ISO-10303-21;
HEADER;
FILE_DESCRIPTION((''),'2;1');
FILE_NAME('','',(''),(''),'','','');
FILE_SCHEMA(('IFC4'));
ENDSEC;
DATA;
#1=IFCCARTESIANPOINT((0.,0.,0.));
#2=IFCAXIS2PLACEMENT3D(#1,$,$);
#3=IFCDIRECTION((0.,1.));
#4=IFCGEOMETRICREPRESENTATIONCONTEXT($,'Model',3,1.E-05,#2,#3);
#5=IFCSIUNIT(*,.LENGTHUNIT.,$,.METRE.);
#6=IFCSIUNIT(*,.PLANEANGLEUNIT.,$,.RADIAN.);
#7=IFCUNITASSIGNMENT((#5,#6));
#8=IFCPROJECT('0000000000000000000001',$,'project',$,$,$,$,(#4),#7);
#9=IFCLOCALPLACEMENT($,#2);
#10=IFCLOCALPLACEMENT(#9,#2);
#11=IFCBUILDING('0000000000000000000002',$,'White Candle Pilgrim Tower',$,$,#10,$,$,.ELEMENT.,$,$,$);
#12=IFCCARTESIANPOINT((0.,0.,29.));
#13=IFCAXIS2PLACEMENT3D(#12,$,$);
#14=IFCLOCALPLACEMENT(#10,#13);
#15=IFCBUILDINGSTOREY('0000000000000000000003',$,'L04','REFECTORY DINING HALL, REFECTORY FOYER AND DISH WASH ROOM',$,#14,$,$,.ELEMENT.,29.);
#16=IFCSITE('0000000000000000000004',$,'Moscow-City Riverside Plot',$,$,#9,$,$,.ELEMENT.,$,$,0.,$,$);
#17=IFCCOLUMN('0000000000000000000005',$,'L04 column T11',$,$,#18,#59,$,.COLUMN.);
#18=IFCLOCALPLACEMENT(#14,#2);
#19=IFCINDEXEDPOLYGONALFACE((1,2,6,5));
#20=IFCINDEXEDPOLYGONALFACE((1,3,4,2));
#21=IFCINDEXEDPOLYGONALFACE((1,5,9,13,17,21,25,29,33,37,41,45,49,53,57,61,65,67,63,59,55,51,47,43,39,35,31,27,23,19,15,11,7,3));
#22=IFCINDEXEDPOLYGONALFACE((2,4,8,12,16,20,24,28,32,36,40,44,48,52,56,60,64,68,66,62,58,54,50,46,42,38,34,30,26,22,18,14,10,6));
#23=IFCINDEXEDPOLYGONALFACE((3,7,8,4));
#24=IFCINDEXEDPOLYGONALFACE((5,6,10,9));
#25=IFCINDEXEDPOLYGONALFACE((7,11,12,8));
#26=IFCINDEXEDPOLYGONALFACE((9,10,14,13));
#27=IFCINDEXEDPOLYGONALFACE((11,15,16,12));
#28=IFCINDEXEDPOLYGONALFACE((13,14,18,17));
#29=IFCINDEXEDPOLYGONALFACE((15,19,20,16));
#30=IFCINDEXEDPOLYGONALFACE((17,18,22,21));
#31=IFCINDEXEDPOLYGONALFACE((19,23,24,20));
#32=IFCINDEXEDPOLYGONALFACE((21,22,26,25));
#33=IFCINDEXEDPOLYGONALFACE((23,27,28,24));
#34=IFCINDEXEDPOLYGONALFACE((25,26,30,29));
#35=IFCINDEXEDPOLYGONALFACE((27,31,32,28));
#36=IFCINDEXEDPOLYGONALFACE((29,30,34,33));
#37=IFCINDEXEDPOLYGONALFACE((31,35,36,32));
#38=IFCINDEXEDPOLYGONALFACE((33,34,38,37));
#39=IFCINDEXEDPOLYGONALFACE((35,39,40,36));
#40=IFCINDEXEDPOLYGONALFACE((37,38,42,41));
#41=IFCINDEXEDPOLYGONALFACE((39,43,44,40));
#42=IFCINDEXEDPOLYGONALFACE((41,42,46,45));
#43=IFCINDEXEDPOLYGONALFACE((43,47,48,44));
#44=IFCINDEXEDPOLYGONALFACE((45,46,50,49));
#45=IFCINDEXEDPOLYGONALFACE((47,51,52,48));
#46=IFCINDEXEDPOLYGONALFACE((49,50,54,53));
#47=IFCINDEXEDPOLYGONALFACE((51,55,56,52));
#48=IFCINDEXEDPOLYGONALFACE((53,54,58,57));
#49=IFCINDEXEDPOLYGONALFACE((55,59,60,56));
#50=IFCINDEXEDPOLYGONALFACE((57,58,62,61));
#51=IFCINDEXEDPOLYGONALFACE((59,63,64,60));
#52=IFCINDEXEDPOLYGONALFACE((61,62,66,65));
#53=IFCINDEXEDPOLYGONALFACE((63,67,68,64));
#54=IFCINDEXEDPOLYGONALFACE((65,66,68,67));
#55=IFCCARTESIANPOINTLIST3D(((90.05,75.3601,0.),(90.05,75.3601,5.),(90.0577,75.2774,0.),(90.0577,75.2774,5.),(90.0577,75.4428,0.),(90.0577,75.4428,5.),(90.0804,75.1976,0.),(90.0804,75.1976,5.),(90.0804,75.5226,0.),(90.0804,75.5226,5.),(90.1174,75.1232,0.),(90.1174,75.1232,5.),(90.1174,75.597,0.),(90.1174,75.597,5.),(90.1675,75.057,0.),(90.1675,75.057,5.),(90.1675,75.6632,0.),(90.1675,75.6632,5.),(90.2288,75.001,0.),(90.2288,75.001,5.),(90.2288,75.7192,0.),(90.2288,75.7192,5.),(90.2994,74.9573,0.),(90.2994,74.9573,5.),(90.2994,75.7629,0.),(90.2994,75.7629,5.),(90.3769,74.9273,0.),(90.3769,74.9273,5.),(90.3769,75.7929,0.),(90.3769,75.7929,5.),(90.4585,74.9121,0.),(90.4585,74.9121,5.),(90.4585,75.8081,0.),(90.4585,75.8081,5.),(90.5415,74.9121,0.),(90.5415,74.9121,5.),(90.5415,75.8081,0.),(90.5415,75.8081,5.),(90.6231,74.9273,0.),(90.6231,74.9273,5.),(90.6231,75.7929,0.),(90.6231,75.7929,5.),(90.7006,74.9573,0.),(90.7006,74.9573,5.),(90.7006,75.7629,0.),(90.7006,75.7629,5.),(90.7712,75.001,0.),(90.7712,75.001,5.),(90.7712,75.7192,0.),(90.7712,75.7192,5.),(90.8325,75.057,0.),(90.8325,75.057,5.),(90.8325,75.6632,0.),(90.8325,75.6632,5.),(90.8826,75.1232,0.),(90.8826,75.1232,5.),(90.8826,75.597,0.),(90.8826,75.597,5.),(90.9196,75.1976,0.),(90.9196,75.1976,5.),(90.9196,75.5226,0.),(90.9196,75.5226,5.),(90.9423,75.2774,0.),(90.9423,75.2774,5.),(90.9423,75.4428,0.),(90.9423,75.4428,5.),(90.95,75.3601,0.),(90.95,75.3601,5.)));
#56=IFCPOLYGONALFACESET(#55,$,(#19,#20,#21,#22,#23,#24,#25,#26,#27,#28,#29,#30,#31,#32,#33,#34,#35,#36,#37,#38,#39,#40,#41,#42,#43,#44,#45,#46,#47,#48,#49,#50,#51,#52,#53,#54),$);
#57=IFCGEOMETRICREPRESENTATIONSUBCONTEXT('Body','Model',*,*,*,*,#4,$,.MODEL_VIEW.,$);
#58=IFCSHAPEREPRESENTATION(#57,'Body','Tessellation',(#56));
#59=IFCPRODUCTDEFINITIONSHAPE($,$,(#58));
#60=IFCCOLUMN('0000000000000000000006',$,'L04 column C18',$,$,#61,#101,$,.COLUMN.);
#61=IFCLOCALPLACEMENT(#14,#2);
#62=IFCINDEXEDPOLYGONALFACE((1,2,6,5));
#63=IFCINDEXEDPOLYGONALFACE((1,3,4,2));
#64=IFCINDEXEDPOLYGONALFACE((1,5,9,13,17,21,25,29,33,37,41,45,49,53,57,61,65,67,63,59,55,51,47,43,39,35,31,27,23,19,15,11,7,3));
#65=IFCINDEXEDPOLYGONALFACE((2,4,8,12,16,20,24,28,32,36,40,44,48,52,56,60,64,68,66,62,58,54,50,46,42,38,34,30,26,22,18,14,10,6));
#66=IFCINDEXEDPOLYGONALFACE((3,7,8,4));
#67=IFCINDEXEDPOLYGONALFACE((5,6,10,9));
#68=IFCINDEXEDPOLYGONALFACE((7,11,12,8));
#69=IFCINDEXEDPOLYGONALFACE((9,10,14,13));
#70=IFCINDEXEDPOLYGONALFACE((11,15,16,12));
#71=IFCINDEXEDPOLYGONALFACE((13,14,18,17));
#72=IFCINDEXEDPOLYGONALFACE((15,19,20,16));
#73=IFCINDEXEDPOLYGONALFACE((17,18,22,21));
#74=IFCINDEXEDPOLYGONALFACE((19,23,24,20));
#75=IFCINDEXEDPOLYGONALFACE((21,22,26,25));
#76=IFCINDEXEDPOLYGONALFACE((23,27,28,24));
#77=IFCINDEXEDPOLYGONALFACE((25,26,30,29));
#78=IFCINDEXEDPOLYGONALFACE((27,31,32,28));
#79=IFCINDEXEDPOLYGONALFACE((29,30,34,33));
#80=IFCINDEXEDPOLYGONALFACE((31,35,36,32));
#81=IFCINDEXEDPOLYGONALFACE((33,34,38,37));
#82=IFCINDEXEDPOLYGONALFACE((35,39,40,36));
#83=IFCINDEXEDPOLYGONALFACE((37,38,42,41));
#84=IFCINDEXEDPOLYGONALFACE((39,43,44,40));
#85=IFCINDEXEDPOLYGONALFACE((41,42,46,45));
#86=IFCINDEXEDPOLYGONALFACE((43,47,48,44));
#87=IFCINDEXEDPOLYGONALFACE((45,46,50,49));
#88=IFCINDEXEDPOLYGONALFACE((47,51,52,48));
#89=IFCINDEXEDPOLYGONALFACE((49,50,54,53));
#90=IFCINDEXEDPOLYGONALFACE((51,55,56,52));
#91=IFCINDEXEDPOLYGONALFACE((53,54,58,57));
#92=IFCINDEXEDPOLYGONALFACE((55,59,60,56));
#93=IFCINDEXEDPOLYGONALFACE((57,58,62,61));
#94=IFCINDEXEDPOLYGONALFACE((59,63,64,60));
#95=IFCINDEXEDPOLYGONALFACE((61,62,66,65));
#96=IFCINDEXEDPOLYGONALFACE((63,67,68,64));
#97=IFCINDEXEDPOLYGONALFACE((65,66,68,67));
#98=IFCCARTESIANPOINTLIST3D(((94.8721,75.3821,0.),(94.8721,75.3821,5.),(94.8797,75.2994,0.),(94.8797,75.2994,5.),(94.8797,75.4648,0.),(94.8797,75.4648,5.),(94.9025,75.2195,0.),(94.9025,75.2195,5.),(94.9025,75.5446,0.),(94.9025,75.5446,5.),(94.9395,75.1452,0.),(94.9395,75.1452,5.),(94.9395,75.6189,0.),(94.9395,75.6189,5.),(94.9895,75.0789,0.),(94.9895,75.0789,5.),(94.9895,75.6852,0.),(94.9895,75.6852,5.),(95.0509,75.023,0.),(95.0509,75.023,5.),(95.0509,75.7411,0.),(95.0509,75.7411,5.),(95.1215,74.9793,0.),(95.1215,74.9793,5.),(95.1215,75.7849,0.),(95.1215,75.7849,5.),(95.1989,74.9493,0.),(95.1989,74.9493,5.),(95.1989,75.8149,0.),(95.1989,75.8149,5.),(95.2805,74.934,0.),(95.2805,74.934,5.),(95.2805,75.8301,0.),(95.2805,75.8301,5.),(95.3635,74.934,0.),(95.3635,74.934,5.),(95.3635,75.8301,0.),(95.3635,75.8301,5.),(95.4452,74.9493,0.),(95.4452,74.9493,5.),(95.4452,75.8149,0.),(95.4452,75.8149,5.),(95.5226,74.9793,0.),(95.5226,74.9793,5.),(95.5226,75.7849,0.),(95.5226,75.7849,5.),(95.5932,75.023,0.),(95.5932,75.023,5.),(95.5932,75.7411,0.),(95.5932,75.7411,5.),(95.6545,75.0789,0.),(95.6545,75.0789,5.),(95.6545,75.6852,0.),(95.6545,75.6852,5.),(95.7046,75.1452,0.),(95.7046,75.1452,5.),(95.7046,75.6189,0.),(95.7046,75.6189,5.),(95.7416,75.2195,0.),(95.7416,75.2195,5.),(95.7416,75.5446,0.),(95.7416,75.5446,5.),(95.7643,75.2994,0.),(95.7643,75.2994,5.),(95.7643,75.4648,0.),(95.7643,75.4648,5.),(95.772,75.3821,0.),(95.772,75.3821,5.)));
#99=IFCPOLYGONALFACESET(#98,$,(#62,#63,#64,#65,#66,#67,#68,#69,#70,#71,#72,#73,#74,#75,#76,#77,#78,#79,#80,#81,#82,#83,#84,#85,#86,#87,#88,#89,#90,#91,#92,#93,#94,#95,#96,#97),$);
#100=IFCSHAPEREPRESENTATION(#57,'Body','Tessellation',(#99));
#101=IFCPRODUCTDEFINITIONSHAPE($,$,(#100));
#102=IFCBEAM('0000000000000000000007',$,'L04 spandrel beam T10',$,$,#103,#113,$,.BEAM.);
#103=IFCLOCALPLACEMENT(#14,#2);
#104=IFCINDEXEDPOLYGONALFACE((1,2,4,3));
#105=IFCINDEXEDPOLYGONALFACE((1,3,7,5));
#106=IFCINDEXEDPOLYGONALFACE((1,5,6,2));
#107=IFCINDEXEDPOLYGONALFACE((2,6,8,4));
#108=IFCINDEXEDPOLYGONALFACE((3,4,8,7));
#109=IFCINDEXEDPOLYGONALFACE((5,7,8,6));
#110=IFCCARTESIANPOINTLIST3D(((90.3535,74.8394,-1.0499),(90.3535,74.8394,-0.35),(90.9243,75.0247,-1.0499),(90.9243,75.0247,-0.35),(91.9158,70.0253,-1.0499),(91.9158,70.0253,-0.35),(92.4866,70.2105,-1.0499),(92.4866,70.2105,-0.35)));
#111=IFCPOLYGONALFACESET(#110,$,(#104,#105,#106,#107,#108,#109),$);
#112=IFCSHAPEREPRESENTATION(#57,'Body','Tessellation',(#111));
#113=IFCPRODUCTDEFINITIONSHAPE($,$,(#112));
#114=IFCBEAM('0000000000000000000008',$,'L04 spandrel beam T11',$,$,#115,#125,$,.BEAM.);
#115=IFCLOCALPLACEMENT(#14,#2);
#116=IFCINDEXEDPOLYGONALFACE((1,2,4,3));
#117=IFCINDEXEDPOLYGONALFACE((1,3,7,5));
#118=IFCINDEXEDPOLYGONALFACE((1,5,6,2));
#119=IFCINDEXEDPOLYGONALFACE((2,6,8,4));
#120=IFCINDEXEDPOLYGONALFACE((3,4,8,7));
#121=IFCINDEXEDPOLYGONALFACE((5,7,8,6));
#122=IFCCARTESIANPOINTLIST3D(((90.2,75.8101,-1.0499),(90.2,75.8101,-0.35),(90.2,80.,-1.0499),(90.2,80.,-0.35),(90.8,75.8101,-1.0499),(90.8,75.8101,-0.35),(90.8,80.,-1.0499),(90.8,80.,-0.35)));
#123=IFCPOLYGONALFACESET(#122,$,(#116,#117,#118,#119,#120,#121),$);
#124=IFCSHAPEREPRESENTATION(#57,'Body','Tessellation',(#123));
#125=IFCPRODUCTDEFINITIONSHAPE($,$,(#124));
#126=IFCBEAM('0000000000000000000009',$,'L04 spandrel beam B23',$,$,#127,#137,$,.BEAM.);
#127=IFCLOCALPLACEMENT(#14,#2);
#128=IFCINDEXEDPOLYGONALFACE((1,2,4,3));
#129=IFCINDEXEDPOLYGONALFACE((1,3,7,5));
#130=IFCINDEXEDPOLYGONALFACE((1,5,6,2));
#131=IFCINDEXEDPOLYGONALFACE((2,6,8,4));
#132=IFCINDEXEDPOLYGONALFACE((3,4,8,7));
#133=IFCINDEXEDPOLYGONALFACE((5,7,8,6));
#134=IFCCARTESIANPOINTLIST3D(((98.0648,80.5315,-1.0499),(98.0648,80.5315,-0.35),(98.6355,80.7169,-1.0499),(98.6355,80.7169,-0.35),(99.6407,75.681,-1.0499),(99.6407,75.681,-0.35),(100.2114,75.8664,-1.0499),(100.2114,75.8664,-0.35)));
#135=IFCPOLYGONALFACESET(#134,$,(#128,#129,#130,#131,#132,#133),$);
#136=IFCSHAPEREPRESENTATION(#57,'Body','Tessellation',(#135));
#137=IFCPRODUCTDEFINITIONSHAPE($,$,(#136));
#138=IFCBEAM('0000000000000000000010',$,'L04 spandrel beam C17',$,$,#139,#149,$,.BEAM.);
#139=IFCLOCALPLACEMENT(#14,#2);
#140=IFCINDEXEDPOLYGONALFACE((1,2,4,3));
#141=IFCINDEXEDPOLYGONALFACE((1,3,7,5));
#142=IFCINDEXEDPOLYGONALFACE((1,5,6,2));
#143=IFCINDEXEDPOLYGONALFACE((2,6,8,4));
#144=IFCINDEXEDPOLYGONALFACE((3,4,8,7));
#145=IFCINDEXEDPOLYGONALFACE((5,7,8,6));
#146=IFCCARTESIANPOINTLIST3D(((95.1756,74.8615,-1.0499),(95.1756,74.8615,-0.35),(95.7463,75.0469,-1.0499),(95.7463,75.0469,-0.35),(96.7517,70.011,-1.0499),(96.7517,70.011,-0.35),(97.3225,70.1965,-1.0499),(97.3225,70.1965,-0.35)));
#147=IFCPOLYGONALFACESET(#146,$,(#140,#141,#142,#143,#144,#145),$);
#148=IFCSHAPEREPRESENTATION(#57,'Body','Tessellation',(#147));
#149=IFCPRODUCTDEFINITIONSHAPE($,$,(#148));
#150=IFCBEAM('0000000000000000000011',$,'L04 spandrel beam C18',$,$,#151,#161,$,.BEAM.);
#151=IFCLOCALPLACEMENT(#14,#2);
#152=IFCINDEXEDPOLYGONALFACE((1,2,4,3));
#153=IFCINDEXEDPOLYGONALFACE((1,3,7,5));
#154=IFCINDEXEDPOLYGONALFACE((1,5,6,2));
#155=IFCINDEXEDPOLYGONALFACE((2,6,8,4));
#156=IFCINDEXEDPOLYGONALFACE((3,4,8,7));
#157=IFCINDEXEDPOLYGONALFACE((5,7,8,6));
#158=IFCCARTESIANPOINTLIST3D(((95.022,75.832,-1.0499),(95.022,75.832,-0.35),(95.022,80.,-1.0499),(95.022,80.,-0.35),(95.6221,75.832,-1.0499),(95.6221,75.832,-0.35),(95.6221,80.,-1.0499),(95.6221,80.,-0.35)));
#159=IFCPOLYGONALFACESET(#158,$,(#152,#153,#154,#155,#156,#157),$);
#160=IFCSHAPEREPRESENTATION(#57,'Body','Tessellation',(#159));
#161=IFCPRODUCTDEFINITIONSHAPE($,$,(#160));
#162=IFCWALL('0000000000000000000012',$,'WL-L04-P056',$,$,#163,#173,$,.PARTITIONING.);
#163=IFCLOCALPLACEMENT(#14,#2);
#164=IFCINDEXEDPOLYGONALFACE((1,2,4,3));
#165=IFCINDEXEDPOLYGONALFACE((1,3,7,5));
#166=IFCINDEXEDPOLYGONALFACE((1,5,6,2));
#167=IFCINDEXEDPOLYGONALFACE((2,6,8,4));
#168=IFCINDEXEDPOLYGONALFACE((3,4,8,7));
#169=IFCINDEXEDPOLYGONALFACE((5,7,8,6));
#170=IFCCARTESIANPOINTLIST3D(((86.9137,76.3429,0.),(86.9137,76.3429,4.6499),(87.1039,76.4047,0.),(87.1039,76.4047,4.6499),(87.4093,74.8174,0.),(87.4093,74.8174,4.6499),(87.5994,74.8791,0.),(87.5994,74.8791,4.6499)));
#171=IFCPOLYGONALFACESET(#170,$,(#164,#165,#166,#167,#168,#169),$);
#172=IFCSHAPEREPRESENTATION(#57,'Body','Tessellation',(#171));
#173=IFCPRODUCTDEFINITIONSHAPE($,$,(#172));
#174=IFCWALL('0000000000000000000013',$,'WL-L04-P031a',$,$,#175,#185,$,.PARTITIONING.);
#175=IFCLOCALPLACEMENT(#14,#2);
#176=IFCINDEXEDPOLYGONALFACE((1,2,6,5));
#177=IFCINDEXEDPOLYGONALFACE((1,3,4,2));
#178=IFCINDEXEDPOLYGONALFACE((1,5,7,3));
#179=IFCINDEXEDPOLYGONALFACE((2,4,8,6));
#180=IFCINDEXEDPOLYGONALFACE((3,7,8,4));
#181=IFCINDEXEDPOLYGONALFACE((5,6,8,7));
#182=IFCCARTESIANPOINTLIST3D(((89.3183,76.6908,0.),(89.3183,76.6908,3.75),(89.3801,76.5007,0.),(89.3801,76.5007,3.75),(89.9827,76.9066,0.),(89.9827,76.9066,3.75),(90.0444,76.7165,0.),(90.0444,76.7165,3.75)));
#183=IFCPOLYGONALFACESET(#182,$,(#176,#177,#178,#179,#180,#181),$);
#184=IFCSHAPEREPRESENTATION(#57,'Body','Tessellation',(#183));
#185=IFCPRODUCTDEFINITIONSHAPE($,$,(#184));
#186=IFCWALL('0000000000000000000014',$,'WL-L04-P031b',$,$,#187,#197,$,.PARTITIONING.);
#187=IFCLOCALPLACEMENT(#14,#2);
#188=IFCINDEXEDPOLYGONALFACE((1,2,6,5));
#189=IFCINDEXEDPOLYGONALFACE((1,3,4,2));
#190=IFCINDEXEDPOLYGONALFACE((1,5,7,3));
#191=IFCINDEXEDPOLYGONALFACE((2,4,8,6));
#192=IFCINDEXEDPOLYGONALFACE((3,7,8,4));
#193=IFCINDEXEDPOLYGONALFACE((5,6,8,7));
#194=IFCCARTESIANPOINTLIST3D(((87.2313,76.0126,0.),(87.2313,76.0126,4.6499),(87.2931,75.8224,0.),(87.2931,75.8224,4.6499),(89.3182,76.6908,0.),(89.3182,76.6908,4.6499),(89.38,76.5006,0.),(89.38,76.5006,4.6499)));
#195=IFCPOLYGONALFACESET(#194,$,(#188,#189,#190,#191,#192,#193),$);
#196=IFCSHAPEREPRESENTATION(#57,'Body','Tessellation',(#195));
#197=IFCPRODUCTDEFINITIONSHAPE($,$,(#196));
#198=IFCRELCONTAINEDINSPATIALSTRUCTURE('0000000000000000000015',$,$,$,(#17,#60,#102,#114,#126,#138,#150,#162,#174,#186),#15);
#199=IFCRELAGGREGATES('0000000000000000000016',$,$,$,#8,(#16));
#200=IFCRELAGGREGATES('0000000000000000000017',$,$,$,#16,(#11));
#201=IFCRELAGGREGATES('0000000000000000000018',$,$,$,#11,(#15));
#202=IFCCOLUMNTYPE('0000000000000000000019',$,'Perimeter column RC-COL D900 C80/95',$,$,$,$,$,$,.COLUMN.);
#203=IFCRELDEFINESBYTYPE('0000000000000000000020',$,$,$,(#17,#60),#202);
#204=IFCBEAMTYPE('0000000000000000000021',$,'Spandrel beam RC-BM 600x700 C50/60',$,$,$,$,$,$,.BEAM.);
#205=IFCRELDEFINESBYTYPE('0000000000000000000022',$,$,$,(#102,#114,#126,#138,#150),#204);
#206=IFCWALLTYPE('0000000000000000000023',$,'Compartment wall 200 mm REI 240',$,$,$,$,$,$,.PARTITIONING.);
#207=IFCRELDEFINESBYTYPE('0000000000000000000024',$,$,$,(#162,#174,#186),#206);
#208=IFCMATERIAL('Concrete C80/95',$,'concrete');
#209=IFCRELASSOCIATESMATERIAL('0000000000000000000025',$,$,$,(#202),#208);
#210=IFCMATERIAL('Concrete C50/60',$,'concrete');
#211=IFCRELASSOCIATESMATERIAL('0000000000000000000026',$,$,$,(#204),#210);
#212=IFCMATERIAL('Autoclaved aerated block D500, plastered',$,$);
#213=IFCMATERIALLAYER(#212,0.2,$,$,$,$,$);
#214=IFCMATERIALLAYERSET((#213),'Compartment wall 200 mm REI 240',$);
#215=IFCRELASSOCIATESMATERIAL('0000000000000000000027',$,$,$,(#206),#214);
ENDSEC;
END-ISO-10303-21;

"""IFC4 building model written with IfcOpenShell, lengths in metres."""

from ifc_helpers import new_model, si_unit, direction, frame, frame_2d, origin, origin_2d, place, context, subcontext, project, spatial, rectangle, circle, extrude, material, layer, layer_set, material_profile, profile_set, type_object, element, save


model = new_model("IFC4")

# Units and contexts
model_context = context("Model", 3, precision=1e-05, world=origin(), true_north=direction((0.0, 1.0)))
body_context = subcontext(model_context, "Body", "Model", "MODEL_VIEW")
ifc_project = project(units=[si_unit("LENGTHUNIT", "METRE"), si_unit("PLANEANGLEUNIT", "RADIAN")], contexts=[model_context])

# Site, building, storey
site_placement = place(None, origin())
site = spatial("IfcSite", under=ifc_project, at=site_placement, Name="Moscow-City Riverside Plot", CompositionType="ELEMENT", RefElevation=0.0)
building_placement = place(site_placement, origin())
building = spatial("IfcBuilding", under=site, at=building_placement, Name="White Candle Pilgrim Tower", CompositionType="ELEMENT")
storey_placement = place(building_placement, frame((0.0, 0.0, 29.0)))
storey = spatial("IfcBuildingStorey", under=building, at=storey_placement, Name="L04", Description="REFECTORY DINING HALL, REFECTORY FOYER AND DISH WASH ROOM", CompositionType="ELEMENT", Elevation=29.0)

# Columns
ifc_material_1 = material(Name="Concrete C80/95", Category="concrete")
ifc_material_profile_1 = material_profile(ifc_material_1, circle(Radius=0.45, at=origin_2d()), Name="RC-COL D900")
ifc_profile_set_1 = profile_set([ifc_material_profile_1], Name="Concrete C80/95")
column_type = type_object("IfcColumnType", Name="Perimeter column RC-COL D900 C80/95", PredefinedType="COLUMN", material=ifc_profile_set_1)
for number, where, z_axis, x_axis, name in (
    (1, (90.5, 75.3601, 0.0), (0.0, 0.0, 1.0), (1.0, 0.0, 0.0), "L04 column T11"),
    (2, (95.322, 75.3821, 0.0), (0.0, 0.0, 1.0), (1.0, 0.0, 0.0), "L04 column C18"),
):
    element("IfcColumn", number, at=place(storey_placement, frame(where, z_axis=z_axis, x_axis=x_axis)), inside=storey, type_object=column_type, Name=name, PredefinedType="COLUMN", context=body_context, shape_type="SweptSolid", body=[
        extrude(circle(Radius=0.45, at=origin_2d()), origin(), (0.0, 0.0, 1.0), 5.0),
    ])

# Beams
ifc_material_2 = material(Name="Concrete C50/60", Category="concrete")
ifc_material_profile_2 = material_profile(ifc_material_2, rectangle(XDim=0.6001, YDim=0.7, at=origin_2d()), Name="RC-BM 600x700")
ifc_profile_set_2 = profile_set([ifc_material_profile_2], Name="Concrete C50/60")
beam_type = type_object("IfcBeamType", Name="Spandrel beam RC-BM 600x700 C50/60", PredefinedType="BEAM", material=ifc_profile_set_2)
beam_1_placement = place(storey_placement, frame((92.2012, 70.1179, -0.7), z_axis=(-0.308664, 0.951171, 0.0), x_axis=(-0.951171, -0.308664, 0.0)))
element("IfcBeam", 3, at=beam_1_placement, inside=storey, type_object=beam_type, Name="L04 spandrel beam T10", PredefinedType="BEAM", context=body_context, shape_type="SweptSolid", body=[
    extrude(rectangle(XDim=0.6001, YDim=0.7, at=origin_2d()), origin(), (0.0, 0.0, 1.0), 5.0613),
])
beam_2_placement = place(storey_placement, frame((90.5, 75.8101, -0.7), z_axis=(0.0, 1.0, 0.0), x_axis=(-1.0, 0.0, 0.0)))
element("IfcBeam", 4, at=beam_2_placement, inside=storey, type_object=beam_type, Name="L04 spandrel beam T11", PredefinedType="BEAM", context=body_context, shape_type="SweptSolid", body=[
    extrude(rectangle(XDim=0.6001, YDim=0.7, at=origin_2d()), origin(), (0.0, 0.0, 1.0), 4.1899),
])
for number, where, z_axis, x_axis, name in (
    (5, (99.926, 75.7737, -0.7), (-0.308995, 0.951064, 0.0), (-0.951064, -0.308995, 0.0), "L04 spandrel beam B23"),
    (6, (97.0371, 70.1038, -0.7), (-0.309053, 0.951045, 0.0), (-0.951045, -0.309053, 0.0), "L04 spandrel beam C17"),
):
    element("IfcBeam", number, at=place(storey_placement, frame(where, z_axis=z_axis, x_axis=x_axis)), inside=storey, type_object=beam_type, Name=name, PredefinedType="BEAM", context=body_context, shape_type="SweptSolid", body=[
        extrude(rectangle(XDim=0.6001, YDim=0.7, at=origin_2d()), origin(), (0.0, 0.0, 1.0), 5.1001),
    ])
beam_3_placement = place(storey_placement, frame((95.322, 75.832, -0.7), z_axis=(0.0, 1.0, 0.0), x_axis=(-1.0, 0.0, 0.0)))
element("IfcBeam", 7, at=beam_3_placement, inside=storey, type_object=beam_type, Name="L04 spandrel beam C18", PredefinedType="BEAM", context=body_context, shape_type="SweptSolid", body=[
    extrude(rectangle(XDim=0.6001, YDim=0.7, at=origin_2d()), origin(), (0.0, 0.0, 1.0), 4.168),
])

# Walls
ifc_material_3 = material(Name="Autoclaved aerated block D500, plastered")
ifc_layer_1 = layer(ifc_material_3, 0.2)
ifc_layer_set_1 = layer_set([ifc_layer_1], Name="Compartment wall 200 mm REI 240")
wall_type_1 = type_object("IfcWallType", Name="Compartment wall 200 mm REI 240", PredefinedType="PARTITIONING", material=ifc_layer_set_1)
wall_1_placement = place(storey_placement, frame((87.0088, 76.3738, 0.0), z_axis=(0.0, 0.0, 1.0), x_axis=(0.308959, -0.951075, 0.0)))
element("IfcWall", 8, at=wall_1_placement, inside=storey, type_object=wall_type_1, Name="WL-L04-P056", PredefinedType="PARTITIONING", context=body_context, shape_type="SweptSolid", body=[
    extrude(rectangle(XDim=1.604, YDim=0.2, at=frame_2d((0.802, 0.0))), origin(), (0.0, 0.0, 1.0), 4.6499),
])
wall_2_placement = place(storey_placement, frame((90.0134, 76.8115, 0.0), z_axis=(0.0, 0.0, 1.0), x_axis=(-0.951067, -0.308983, 0.0)))
element("IfcWall", 9, at=wall_2_placement, inside=storey, type_object=wall_type_1, Name="WL-L04-P031a", PredefinedType="PARTITIONING", context=body_context, shape_type="SweptSolid", body=[
    extrude(rectangle(XDim=0.6985, YDim=0.2, at=frame_2d((0.3491, 0.0))), origin(), (0.0, 0.0, 1.0), 3.75),
])
wall_3_placement = place(storey_placement, frame((89.3491, 76.5957, 0.0), z_axis=(0.0, 0.0, 1.0), x_axis=(-0.951037, -0.309076, 0.0)))
element("IfcWall", 10, at=wall_3_placement, inside=storey, type_object=wall_type_1, Name="WL-L04-P031b", PredefinedType="PARTITIONING", context=body_context, shape_type="SweptSolid", body=[
    extrude(rectangle(XDim=2.1943, YDim=0.2, at=frame_2d((1.0972, 0.0))), origin(), (0.0, 0.0, 1.0), 4.6499),
])

save(model, "model.ifc")
